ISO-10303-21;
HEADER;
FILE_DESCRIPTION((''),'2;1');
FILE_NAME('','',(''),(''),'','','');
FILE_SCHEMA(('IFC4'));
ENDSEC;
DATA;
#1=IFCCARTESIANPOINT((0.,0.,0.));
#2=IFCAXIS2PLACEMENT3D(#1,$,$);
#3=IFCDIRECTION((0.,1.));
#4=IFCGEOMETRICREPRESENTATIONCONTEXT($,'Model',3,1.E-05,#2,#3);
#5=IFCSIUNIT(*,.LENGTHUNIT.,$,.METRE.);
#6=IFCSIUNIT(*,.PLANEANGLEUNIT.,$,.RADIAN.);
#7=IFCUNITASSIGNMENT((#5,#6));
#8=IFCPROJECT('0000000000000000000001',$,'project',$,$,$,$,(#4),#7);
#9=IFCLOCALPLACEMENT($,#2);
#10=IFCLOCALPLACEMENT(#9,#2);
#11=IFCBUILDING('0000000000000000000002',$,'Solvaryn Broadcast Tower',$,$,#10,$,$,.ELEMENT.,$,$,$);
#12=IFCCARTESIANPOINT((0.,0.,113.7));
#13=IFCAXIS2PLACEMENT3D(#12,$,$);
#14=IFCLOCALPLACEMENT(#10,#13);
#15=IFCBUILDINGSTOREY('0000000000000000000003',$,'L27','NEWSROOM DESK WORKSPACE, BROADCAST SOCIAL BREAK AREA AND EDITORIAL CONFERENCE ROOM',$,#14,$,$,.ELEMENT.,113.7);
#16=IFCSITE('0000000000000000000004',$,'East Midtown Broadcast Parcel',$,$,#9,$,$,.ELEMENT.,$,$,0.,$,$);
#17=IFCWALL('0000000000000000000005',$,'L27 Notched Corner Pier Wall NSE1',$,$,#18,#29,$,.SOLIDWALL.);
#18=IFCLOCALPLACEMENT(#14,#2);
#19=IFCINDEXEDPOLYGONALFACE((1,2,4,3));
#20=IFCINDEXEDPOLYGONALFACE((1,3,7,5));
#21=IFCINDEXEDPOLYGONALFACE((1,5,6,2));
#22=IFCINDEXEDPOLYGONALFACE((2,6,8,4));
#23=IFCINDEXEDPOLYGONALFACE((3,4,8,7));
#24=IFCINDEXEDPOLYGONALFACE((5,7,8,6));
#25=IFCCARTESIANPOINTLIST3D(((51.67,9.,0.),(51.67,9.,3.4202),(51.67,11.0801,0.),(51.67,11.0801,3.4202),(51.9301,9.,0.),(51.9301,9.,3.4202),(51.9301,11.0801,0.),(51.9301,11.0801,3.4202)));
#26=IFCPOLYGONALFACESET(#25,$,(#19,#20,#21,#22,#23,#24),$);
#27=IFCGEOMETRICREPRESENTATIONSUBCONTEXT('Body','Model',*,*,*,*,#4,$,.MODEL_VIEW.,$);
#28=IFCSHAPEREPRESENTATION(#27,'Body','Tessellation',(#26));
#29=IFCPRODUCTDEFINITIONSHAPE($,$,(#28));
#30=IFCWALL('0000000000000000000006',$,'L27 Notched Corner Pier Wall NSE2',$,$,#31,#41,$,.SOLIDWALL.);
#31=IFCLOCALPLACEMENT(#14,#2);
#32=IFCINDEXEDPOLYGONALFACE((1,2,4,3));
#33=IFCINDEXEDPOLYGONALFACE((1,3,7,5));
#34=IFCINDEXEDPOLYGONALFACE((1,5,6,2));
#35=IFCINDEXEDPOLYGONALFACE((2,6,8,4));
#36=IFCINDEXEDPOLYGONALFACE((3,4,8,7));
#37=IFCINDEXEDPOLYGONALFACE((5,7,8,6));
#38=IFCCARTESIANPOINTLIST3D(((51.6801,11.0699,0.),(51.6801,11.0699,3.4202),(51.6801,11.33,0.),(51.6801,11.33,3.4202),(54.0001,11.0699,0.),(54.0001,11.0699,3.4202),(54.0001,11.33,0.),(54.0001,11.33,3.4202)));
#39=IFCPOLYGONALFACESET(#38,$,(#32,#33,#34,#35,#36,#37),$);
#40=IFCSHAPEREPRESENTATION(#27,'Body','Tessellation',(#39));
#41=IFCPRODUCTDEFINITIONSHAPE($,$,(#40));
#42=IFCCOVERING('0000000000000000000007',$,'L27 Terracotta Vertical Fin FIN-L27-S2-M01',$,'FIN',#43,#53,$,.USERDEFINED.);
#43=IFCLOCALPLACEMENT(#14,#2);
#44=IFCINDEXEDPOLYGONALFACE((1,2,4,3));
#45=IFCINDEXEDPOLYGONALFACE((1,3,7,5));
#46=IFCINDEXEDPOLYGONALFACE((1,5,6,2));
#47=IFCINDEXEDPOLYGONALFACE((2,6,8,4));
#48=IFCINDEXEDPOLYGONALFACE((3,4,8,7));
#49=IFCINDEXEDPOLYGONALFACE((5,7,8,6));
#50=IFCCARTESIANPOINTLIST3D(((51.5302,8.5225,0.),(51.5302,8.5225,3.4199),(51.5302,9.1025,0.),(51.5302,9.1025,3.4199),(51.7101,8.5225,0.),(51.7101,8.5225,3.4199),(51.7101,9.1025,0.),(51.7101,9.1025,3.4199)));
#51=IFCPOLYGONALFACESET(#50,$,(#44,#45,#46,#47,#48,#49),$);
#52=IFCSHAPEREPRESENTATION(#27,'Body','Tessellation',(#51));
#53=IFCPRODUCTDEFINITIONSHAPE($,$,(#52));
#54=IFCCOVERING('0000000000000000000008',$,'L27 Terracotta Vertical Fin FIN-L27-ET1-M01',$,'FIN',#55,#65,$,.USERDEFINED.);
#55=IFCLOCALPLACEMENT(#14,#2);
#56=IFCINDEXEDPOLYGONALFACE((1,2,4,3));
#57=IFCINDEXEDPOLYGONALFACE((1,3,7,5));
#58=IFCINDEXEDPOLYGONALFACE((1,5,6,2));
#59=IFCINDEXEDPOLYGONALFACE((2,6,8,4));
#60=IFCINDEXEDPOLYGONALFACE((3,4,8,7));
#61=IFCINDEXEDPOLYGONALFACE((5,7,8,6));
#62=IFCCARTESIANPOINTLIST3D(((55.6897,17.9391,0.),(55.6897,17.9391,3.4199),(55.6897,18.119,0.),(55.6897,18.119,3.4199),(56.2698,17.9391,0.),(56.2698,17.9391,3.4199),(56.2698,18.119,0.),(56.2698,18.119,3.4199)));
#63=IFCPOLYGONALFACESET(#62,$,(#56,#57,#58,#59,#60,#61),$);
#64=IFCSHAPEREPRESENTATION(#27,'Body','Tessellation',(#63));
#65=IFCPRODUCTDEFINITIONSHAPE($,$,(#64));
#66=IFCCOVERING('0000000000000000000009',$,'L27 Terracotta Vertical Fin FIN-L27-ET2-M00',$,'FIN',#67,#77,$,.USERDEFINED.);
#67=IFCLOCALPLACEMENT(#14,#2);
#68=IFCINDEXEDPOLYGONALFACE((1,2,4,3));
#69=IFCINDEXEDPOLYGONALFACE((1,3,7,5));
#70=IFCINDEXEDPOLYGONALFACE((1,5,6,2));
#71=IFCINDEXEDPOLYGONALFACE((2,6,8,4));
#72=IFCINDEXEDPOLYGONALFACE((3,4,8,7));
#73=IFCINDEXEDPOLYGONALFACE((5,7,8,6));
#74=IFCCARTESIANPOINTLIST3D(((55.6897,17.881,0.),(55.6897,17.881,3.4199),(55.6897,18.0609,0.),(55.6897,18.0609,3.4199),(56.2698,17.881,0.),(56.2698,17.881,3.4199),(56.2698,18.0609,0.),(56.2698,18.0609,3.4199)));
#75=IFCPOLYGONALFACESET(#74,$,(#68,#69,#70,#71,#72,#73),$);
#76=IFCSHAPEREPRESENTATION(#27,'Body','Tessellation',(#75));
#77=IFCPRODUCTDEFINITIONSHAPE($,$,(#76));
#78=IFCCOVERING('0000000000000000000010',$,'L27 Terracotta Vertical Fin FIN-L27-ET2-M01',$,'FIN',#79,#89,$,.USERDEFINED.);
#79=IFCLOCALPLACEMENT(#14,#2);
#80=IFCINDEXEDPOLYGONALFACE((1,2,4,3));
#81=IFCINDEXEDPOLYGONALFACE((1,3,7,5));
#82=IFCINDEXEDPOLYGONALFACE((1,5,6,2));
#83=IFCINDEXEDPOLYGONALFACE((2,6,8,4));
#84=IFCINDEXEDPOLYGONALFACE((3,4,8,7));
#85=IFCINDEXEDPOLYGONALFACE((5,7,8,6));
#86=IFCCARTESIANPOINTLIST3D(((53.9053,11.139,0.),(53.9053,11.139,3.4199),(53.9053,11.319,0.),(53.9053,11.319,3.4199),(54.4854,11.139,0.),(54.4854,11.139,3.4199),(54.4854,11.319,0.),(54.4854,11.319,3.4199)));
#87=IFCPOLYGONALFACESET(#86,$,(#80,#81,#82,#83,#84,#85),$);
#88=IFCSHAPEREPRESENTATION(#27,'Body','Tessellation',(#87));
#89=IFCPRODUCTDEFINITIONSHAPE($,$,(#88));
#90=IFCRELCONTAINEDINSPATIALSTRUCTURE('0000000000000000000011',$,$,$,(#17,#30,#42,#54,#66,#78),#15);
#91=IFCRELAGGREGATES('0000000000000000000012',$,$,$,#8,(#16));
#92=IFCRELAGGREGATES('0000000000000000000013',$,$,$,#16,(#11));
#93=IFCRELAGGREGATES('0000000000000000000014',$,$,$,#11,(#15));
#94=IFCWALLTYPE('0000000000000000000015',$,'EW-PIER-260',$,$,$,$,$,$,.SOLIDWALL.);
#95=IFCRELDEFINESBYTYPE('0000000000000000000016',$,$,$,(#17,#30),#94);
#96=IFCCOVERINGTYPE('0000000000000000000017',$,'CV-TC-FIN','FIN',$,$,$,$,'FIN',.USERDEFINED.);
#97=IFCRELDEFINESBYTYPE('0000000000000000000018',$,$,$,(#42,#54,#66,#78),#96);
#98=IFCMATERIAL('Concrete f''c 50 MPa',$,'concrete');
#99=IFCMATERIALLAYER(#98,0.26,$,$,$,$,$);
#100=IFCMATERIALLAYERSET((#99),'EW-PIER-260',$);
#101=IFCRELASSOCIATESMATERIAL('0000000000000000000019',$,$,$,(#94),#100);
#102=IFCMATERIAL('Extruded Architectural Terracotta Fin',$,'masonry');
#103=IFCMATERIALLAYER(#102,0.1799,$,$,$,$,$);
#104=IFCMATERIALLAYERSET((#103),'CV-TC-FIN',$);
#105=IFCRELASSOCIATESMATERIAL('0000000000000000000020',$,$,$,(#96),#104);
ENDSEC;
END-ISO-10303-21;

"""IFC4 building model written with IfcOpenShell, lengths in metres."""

from ifc_helpers import new_model, si_unit, direction, frame, frame_2d, origin, origin_2d, place, context, subcontext, project, spatial, rectangle, extrude, material, layer, layer_set, type_object, element, save


model = new_model("IFC4")

# Units and contexts
model_context = context("Model", 3, precision=1e-05, world=origin(), true_north=direction((0.0, 1.0)))
body_context = subcontext(model_context, "Body", "Model", "MODEL_VIEW")
ifc_project = project(units=[si_unit("LENGTHUNIT", "METRE"), si_unit("PLANEANGLEUNIT", "RADIAN")], contexts=[model_context])

# Site, building, storey
site_placement = place(None, origin())
site = spatial("IfcSite", under=ifc_project, at=site_placement, Name="East Midtown Broadcast Parcel", CompositionType="ELEMENT", RefElevation=0.0)
building_placement = place(site_placement, origin())
building = spatial("IfcBuilding", under=site, at=building_placement, Name="Solvaryn Broadcast Tower", CompositionType="ELEMENT")
storey_placement = place(building_placement, frame((0.0, 0.0, 113.7)))
storey = spatial("IfcBuildingStorey", under=building, at=storey_placement, Name="L27", Description="NEWSROOM DESK WORKSPACE, BROADCAST SOCIAL BREAK AREA AND EDITORIAL CONFERENCE ROOM", CompositionType="ELEMENT", Elevation=113.7)

# Walls
ifc_material_1 = material(Name="Concrete f'c 50 MPa", Category="concrete")
ifc_layer_1 = layer(ifc_material_1, 0.26)
ifc_layer_set_1 = layer_set([ifc_layer_1], Name="EW-PIER-260")
wall_type = type_object("IfcWallType", Name="EW-PIER-260", PredefinedType="SOLIDWALL", material=ifc_layer_set_1)
wall_1_placement = place(storey_placement, frame((51.8, 9.0, 0.0), z_axis=(0.0, 0.0, 1.0), x_axis=(0.0, 1.0, 0.0)))
element("IfcWall", 1, at=wall_1_placement, inside=storey, type_object=wall_type, Name="L27 Notched Corner Pier Wall NSE1", PredefinedType="SOLIDWALL", context=body_context, shape_type="SweptSolid", body=[
    extrude(rectangle(XDim=2.0801, YDim=0.26, at=frame_2d((1.04, 0.0))), origin(), (0.0, 0.0, 1.0), 3.4202),
])
wall_2_placement = place(storey_placement, frame((51.6799, 11.2, 0.0), z_axis=(0.0, 0.0, 1.0), x_axis=(1.0, 0.0, 0.0)))
element("IfcWall", 2, at=wall_2_placement, inside=storey, type_object=wall_type, Name="L27 Notched Corner Pier Wall NSE2", PredefinedType="SOLIDWALL", context=body_context, shape_type="SweptSolid", body=[
    extrude(rectangle(XDim=2.3201, YDim=0.26, at=frame_2d((1.1602, 0.0))), origin(), (0.0, 0.0, 1.0), 3.4202),
])

# Coverings
ifc_material_2 = material(Name="Extruded Architectural Terracotta Fin", Category="masonry")
ifc_layer_2 = layer(ifc_material_2, 0.1799)
ifc_layer_set_2 = layer_set([ifc_layer_2], Name="CV-TC-FIN")
covering_type = type_object("IfcCoveringType", Name="CV-TC-FIN", Description="FIN", ElementType="FIN", PredefinedType="USERDEFINED", material=ifc_layer_set_2)
covering_placement = place(storey_placement, frame((51.6201, 8.8125, 0.0), z_axis=(0.0, 0.0, 1.0), x_axis=(1.0, 0.0, 0.0)))
element("IfcCovering", 3, at=covering_placement, inside=storey, type_object=covering_type, Name="L27 Terracotta Vertical Fin FIN-L27-S2-M01", ObjectType="FIN", PredefinedType="USERDEFINED", context=body_context, shape_type="SweptSolid", body=[
    extrude(rectangle(XDim=0.1799, YDim=0.5801, at=origin_2d()), origin(), (0.0, 0.0, 1.0), 3.4199),
])
for number, where, z_axis, x_axis, name in (
    (4, (55.9797, 18.0291, 0.0), (0.0, 0.0, 1.0), (1.0, 0.0, 0.0), "L27 Terracotta Vertical Fin FIN-L27-ET1-M01"),
    (5, (55.9797, 17.9709, 0.0), (0.0, 0.0, 1.0), (1.0, 0.0, 0.0), "L27 Terracotta Vertical Fin FIN-L27-ET2-M00"),
    (6, (54.1953, 11.229, 0.0), (0.0, 0.0, 1.0), (1.0, 0.0, 0.0), "L27 Terracotta Vertical Fin FIN-L27-ET2-M01"),
):
    element("IfcCovering", number, at=place(storey_placement, frame(where, z_axis=z_axis, x_axis=x_axis)), inside=storey, type_object=covering_type, Name=name, ObjectType="FIN", PredefinedType="USERDEFINED", context=body_context, shape_type="SweptSolid", body=[
        extrude(rectangle(XDim=0.5801, YDim=0.1799, at=origin_2d()), origin(), (0.0, 0.0, 1.0), 3.4199),
    ])

save(model, "model.ifc")
